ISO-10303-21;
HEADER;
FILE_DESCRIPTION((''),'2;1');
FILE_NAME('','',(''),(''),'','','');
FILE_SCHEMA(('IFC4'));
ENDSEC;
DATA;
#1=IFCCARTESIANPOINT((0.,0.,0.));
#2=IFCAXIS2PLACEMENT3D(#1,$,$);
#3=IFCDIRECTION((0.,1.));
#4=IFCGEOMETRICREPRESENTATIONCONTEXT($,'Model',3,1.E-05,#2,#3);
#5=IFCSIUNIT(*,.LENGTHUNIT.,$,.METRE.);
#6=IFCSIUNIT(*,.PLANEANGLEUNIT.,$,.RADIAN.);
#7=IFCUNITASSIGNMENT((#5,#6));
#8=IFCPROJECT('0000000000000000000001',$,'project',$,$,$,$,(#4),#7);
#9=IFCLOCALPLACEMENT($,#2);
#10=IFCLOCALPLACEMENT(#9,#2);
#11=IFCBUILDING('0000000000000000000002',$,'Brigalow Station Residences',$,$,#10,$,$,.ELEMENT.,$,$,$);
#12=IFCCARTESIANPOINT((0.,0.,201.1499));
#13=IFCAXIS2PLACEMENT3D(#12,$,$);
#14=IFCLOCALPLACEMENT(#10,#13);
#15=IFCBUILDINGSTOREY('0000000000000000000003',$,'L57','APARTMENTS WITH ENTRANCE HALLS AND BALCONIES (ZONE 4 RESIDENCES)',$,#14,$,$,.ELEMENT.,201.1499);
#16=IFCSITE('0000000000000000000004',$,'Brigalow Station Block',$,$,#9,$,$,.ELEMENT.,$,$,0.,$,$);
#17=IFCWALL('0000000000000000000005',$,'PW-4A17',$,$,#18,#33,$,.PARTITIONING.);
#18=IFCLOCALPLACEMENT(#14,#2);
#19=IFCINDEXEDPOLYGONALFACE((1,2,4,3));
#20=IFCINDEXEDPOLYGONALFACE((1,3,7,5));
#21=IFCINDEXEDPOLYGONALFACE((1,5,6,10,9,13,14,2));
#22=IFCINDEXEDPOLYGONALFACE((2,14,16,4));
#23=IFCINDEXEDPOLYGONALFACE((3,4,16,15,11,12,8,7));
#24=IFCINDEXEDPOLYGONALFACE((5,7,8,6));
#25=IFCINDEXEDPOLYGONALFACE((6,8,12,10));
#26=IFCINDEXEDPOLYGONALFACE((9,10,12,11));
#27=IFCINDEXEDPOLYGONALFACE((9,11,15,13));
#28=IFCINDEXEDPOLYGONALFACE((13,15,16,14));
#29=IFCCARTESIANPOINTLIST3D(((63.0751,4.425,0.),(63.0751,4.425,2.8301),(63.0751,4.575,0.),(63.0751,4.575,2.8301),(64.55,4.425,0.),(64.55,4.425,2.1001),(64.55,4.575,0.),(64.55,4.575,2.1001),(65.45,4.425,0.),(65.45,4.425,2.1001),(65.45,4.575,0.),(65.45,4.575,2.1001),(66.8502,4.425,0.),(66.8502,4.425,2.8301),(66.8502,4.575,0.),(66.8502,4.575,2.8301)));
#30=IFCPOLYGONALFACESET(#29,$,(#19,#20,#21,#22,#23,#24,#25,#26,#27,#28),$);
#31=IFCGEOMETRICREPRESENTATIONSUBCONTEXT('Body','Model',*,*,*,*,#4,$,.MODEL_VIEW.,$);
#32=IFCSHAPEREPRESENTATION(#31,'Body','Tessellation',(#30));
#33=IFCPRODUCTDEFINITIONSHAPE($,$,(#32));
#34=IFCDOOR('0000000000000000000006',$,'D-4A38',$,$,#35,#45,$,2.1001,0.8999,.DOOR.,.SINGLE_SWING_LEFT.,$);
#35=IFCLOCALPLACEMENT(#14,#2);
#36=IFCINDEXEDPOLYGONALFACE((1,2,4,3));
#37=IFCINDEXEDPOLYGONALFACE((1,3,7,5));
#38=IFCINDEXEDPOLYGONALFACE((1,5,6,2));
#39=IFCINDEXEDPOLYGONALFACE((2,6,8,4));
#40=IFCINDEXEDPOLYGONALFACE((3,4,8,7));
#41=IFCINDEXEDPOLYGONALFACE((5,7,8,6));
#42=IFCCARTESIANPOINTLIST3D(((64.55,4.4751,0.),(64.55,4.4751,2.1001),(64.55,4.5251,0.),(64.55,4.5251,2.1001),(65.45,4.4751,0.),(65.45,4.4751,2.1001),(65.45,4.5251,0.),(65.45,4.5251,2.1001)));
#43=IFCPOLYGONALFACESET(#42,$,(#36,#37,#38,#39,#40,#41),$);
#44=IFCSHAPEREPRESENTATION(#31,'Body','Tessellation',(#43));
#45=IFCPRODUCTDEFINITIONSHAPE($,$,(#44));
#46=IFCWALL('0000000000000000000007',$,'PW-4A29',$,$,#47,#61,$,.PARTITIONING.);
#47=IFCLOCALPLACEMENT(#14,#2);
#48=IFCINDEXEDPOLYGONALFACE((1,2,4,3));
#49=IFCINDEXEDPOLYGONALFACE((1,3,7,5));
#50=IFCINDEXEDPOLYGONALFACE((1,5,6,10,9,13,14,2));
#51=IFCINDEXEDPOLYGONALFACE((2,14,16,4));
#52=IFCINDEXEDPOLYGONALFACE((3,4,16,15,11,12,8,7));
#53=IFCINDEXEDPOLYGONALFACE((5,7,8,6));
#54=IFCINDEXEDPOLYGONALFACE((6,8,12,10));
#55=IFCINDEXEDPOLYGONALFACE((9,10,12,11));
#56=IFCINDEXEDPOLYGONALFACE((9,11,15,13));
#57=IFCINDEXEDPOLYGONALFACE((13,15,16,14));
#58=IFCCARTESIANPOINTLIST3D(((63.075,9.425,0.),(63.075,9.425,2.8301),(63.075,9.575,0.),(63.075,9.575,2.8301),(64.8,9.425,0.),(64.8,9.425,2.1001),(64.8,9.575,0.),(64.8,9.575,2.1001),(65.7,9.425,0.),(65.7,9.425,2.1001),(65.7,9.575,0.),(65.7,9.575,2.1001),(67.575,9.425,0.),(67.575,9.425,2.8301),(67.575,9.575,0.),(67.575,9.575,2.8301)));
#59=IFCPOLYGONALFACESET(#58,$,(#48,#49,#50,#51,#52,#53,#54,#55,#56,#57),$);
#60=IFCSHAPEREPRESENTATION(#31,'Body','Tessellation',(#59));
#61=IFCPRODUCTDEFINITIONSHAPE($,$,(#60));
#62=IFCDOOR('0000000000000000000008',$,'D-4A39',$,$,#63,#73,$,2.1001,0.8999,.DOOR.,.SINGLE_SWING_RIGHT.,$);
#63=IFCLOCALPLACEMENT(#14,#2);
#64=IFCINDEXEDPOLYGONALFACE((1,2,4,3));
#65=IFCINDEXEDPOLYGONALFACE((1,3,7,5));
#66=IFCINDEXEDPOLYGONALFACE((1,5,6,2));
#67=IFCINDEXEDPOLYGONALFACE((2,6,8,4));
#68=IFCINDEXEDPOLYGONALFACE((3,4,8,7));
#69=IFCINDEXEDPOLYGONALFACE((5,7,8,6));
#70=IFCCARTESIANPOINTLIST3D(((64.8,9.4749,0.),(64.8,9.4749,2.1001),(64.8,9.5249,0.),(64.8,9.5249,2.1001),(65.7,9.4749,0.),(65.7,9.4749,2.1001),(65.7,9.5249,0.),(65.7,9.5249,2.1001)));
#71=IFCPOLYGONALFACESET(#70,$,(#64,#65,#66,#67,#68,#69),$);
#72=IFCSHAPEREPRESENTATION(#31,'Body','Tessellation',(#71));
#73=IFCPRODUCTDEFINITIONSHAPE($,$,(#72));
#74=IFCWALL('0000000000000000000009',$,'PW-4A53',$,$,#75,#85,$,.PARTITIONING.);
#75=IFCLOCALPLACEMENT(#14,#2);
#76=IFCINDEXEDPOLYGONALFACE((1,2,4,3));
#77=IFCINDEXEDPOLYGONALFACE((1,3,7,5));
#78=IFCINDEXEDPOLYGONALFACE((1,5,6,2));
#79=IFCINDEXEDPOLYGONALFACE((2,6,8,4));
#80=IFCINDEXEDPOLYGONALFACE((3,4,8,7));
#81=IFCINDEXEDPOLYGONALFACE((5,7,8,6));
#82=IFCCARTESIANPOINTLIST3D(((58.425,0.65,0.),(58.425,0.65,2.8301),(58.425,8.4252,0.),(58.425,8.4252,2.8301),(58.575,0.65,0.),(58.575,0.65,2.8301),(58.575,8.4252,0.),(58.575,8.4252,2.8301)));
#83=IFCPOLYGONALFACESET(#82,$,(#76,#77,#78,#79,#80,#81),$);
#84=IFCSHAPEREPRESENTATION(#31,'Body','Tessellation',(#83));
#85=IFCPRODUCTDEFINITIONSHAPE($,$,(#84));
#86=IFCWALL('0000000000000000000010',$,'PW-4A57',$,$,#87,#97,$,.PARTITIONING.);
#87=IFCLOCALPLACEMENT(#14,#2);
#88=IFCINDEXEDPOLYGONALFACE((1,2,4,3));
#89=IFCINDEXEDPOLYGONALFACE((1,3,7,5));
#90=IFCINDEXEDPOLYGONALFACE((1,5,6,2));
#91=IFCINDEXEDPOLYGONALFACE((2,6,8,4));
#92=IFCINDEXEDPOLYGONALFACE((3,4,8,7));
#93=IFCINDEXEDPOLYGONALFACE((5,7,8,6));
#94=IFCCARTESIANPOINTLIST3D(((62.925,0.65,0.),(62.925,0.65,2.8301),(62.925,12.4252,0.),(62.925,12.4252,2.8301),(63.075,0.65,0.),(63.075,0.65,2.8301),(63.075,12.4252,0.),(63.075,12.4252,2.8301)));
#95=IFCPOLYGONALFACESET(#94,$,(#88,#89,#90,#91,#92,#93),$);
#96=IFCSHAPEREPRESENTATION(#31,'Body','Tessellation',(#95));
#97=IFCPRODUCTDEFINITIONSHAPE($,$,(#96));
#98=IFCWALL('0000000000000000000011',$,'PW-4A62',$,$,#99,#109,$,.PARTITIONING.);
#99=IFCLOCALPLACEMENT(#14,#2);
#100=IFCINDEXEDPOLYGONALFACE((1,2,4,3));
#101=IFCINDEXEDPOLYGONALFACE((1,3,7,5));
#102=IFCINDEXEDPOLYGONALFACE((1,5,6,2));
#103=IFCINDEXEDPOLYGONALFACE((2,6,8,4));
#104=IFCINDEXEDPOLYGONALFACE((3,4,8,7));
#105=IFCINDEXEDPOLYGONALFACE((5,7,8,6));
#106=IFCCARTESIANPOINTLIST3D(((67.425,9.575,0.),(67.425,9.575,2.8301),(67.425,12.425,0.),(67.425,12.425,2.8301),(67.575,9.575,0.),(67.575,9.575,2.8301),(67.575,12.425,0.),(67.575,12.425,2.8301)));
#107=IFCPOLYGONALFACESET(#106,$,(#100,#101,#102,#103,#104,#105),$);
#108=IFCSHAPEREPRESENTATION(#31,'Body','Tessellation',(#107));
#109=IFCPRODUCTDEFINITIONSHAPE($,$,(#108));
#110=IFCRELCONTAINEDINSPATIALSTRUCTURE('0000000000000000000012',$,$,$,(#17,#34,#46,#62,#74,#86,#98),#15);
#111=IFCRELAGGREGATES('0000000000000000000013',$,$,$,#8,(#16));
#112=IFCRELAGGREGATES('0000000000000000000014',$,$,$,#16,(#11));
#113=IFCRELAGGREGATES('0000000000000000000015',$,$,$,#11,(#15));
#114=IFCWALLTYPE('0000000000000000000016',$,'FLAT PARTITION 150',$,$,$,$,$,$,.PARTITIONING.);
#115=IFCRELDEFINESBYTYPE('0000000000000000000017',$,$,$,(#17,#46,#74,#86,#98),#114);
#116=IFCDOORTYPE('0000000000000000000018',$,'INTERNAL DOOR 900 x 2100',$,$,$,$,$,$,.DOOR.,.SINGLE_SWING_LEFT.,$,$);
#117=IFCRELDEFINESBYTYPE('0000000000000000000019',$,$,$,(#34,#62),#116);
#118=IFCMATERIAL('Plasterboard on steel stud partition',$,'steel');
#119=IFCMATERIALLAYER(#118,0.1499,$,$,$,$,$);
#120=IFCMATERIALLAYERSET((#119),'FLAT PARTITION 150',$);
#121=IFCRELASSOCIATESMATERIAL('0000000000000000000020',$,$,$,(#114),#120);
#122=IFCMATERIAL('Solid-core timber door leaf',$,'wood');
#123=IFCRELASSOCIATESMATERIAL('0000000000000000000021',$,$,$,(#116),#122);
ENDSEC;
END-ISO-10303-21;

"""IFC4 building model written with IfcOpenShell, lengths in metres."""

from ifc_helpers import new_model, si_unit, direction, frame, frame_2d, origin, place, context, subcontext, project, spatial, rectangle, extrude, material, layer, layer_set, type_object, element, fill, save


model = new_model("IFC4")

# Units and contexts
model_context = context("Model", 3, precision=1e-05, world=origin(), true_north=direction((0.0, 1.0)))
body_context = subcontext(model_context, "Body", "Model", "MODEL_VIEW")
ifc_project = project(units=[si_unit("LENGTHUNIT", "METRE"), si_unit("PLANEANGLEUNIT", "RADIAN")], contexts=[model_context])

# Site, building, storey
site_placement = place(None, origin())
site = spatial("IfcSite", under=ifc_project, at=site_placement, Name="Brigalow Station Block", CompositionType="ELEMENT", RefElevation=0.0)
building_placement = place(site_placement, origin())
building = spatial("IfcBuilding", under=site, at=building_placement, Name="Brigalow Station Residences", CompositionType="ELEMENT")
storey_placement = place(building_placement, frame((0.0, 0.0, 201.1499)))
storey = spatial("IfcBuildingStorey", under=building, at=storey_placement, Name="L57", Description="APARTMENTS WITH ENTRANCE HALLS AND BALCONIES (ZONE 4 RESIDENCES)", CompositionType="ELEMENT", Elevation=201.1499)

# Walls, openings, doors
ifc_material_1 = material(Name="Plasterboard on steel stud partition", Category="steel")
ifc_layer_1 = layer(ifc_material_1, 0.1499)
ifc_layer_set_1 = layer_set([ifc_layer_1], Name="FLAT PARTITION 150")
wall_type_1 = type_object("IfcWallType", Name="FLAT PARTITION 150", PredefinedType="PARTITIONING", material=ifc_layer_set_1)
wall_1_placement = place(storey_placement, frame((63.075, 4.5, 0.0), z_axis=(0.0, 0.0, 1.0), x_axis=(1.0, 0.0, 0.0)))
wall_1 = element("IfcWall", 1, at=wall_1_placement, inside=storey, type_object=wall_type_1, Name="PW-4A17", PredefinedType="PARTITIONING", context=body_context, shape_type="SweptSolid", body=[
    extrude(rectangle(XDim=3.7751, YDim=0.1499, at=frame_2d((1.8877, 0.0))), origin(), (0.0, 0.0, 1.0), 2.8301),
])
opening_1_placement = place(wall_1_placement, frame((1.4751, 0.0, 0.0)))
opening_1 = element("IfcOpeningElement", 2, at=opening_1_placement, cuts=wall_1, PredefinedType="OPENING", context=body_context, shape_type="SweptSolid", body=[
    extrude(rectangle(XDim=0.8999, YDim=2.1001, at=frame_2d((0.45, 1.05))), frame((0.0, 0.085, 0.0), z_axis=(0.0, -1.0, 0.0), x_axis=(1.0, 0.0, 0.0)), (0.0, 0.0, 1.0), 0.1699),
])
ifc_material_2 = material(Name="Solid-core timber door leaf", Category="wood")
door_type = type_object("IfcDoorType", Name="INTERNAL DOOR 900 x 2100", OperationType="SINGLE_SWING_LEFT", PredefinedType="DOOR", material=ifc_material_2)
door_1_placement = place(opening_1_placement, frame((0.8999, 0.0, 0.0), z_axis=(0.0, 0.0, 1.0), x_axis=(-1.0, 0.0, 0.0)))
door_1 = element("IfcDoor", 3, at=door_1_placement, inside=storey, type_object=door_type, Name="D-4A38", OperationType="SINGLE_SWING_LEFT", OverallHeight=2.1001, OverallWidth=0.8999, PredefinedType="DOOR", context=body_context, shape_type="SweptSolid", body=[
    extrude(rectangle(XDim=0.8999, YDim=2.1001, at=frame_2d((0.45, 1.05))), frame((0.0, 0.0249, 0.0), z_axis=(0.0, -1.0, 0.0), x_axis=(1.0, 0.0, 0.0)), (0.0, 0.0, 1.0), 0.05),
])
fill(opening_1, door_1)
wall_2_placement = place(storey_placement, frame((63.075, 9.5, 0.0), z_axis=(0.0, 0.0, 1.0), x_axis=(1.0, 0.0, 0.0)))
wall_2 = element("IfcWall", 4, at=wall_2_placement, inside=storey, type_object=wall_type_1, Name="PW-4A29", PredefinedType="PARTITIONING", context=body_context, shape_type="SweptSolid", body=[
    extrude(rectangle(XDim=4.5, YDim=0.1499, at=frame_2d((2.25, 0.0))), origin(), (0.0, 0.0, 1.0), 2.8301),
])
opening_2_placement = place(wall_2_placement, frame((1.7251, 0.0, 0.0)))
opening_2 = element("IfcOpeningElement", 5, at=opening_2_placement, cuts=wall_2, PredefinedType="OPENING", context=body_context, shape_type="SweptSolid", body=[
    extrude(rectangle(XDim=0.8999, YDim=2.1001, at=frame_2d((0.45, 1.05))), frame((0.0, 0.085, 0.0), z_axis=(0.0, -1.0, 0.0), x_axis=(1.0, 0.0, 0.0)), (0.0, 0.0, 1.0), 0.1699),
])
door_2_placement = place(opening_2_placement, origin())
door_2 = element("IfcDoor", 6, at=door_2_placement, inside=storey, type_object=door_type, Name="D-4A39", OperationType="SINGLE_SWING_RIGHT", OverallHeight=2.1001, OverallWidth=0.8999, PredefinedType="DOOR", context=body_context, shape_type="SweptSolid", body=[
    extrude(rectangle(XDim=0.8999, YDim=2.1001, at=frame_2d((0.45, 1.05))), frame((0.0, 0.0249, 0.0), z_axis=(0.0, -1.0, 0.0), x_axis=(1.0, 0.0, 0.0)), (0.0, 0.0, 1.0), 0.05),
])
fill(opening_2, door_2)

# Walls
wall_3_placement = place(storey_placement, frame((58.5, 0.6499, 0.0), z_axis=(0.0, 0.0, 1.0), x_axis=(0.0, 1.0, 0.0)))
element("IfcWall", 7, at=wall_3_placement, inside=storey, type_object=wall_type_1, Name="PW-4A53", PredefinedType="PARTITIONING", context=body_context, shape_type="SweptSolid", body=[
    extrude(rectangle(XDim=7.7751, YDim=0.1499, at=frame_2d((3.8877, 0.0))), origin(), (0.0, 0.0, 1.0), 2.8301),
])
wall_4_placement = place(storey_placement, frame((63.0, 0.6499, 0.0), z_axis=(0.0, 0.0, 1.0), x_axis=(0.0, 1.0, 0.0)))
element("IfcWall", 8, at=wall_4_placement, inside=storey, type_object=wall_type_1, Name="PW-4A57", PredefinedType="PARTITIONING", context=body_context, shape_type="SweptSolid", body=[
    extrude(rectangle(XDim=11.7751, YDim=0.1499, at=frame_2d((5.8877, 0.0))), origin(), (0.0, 0.0, 1.0), 2.8301),
])
wall_5_placement = place(storey_placement, frame((67.5, 9.575, 0.0), z_axis=(0.0, 0.0, 1.0), x_axis=(0.0, 1.0, 0.0)))
element("IfcWall", 9, at=wall_5_placement, inside=storey, type_object=wall_type_1, Name="PW-4A62", PredefinedType="PARTITIONING", context=body_context, shape_type="SweptSolid", body=[
    extrude(rectangle(XDim=2.8501, YDim=0.1499, at=frame_2d((1.425, 0.0))), origin(), (0.0, 0.0, 1.0), 2.8301),
])

save(model, "model.ifc")
